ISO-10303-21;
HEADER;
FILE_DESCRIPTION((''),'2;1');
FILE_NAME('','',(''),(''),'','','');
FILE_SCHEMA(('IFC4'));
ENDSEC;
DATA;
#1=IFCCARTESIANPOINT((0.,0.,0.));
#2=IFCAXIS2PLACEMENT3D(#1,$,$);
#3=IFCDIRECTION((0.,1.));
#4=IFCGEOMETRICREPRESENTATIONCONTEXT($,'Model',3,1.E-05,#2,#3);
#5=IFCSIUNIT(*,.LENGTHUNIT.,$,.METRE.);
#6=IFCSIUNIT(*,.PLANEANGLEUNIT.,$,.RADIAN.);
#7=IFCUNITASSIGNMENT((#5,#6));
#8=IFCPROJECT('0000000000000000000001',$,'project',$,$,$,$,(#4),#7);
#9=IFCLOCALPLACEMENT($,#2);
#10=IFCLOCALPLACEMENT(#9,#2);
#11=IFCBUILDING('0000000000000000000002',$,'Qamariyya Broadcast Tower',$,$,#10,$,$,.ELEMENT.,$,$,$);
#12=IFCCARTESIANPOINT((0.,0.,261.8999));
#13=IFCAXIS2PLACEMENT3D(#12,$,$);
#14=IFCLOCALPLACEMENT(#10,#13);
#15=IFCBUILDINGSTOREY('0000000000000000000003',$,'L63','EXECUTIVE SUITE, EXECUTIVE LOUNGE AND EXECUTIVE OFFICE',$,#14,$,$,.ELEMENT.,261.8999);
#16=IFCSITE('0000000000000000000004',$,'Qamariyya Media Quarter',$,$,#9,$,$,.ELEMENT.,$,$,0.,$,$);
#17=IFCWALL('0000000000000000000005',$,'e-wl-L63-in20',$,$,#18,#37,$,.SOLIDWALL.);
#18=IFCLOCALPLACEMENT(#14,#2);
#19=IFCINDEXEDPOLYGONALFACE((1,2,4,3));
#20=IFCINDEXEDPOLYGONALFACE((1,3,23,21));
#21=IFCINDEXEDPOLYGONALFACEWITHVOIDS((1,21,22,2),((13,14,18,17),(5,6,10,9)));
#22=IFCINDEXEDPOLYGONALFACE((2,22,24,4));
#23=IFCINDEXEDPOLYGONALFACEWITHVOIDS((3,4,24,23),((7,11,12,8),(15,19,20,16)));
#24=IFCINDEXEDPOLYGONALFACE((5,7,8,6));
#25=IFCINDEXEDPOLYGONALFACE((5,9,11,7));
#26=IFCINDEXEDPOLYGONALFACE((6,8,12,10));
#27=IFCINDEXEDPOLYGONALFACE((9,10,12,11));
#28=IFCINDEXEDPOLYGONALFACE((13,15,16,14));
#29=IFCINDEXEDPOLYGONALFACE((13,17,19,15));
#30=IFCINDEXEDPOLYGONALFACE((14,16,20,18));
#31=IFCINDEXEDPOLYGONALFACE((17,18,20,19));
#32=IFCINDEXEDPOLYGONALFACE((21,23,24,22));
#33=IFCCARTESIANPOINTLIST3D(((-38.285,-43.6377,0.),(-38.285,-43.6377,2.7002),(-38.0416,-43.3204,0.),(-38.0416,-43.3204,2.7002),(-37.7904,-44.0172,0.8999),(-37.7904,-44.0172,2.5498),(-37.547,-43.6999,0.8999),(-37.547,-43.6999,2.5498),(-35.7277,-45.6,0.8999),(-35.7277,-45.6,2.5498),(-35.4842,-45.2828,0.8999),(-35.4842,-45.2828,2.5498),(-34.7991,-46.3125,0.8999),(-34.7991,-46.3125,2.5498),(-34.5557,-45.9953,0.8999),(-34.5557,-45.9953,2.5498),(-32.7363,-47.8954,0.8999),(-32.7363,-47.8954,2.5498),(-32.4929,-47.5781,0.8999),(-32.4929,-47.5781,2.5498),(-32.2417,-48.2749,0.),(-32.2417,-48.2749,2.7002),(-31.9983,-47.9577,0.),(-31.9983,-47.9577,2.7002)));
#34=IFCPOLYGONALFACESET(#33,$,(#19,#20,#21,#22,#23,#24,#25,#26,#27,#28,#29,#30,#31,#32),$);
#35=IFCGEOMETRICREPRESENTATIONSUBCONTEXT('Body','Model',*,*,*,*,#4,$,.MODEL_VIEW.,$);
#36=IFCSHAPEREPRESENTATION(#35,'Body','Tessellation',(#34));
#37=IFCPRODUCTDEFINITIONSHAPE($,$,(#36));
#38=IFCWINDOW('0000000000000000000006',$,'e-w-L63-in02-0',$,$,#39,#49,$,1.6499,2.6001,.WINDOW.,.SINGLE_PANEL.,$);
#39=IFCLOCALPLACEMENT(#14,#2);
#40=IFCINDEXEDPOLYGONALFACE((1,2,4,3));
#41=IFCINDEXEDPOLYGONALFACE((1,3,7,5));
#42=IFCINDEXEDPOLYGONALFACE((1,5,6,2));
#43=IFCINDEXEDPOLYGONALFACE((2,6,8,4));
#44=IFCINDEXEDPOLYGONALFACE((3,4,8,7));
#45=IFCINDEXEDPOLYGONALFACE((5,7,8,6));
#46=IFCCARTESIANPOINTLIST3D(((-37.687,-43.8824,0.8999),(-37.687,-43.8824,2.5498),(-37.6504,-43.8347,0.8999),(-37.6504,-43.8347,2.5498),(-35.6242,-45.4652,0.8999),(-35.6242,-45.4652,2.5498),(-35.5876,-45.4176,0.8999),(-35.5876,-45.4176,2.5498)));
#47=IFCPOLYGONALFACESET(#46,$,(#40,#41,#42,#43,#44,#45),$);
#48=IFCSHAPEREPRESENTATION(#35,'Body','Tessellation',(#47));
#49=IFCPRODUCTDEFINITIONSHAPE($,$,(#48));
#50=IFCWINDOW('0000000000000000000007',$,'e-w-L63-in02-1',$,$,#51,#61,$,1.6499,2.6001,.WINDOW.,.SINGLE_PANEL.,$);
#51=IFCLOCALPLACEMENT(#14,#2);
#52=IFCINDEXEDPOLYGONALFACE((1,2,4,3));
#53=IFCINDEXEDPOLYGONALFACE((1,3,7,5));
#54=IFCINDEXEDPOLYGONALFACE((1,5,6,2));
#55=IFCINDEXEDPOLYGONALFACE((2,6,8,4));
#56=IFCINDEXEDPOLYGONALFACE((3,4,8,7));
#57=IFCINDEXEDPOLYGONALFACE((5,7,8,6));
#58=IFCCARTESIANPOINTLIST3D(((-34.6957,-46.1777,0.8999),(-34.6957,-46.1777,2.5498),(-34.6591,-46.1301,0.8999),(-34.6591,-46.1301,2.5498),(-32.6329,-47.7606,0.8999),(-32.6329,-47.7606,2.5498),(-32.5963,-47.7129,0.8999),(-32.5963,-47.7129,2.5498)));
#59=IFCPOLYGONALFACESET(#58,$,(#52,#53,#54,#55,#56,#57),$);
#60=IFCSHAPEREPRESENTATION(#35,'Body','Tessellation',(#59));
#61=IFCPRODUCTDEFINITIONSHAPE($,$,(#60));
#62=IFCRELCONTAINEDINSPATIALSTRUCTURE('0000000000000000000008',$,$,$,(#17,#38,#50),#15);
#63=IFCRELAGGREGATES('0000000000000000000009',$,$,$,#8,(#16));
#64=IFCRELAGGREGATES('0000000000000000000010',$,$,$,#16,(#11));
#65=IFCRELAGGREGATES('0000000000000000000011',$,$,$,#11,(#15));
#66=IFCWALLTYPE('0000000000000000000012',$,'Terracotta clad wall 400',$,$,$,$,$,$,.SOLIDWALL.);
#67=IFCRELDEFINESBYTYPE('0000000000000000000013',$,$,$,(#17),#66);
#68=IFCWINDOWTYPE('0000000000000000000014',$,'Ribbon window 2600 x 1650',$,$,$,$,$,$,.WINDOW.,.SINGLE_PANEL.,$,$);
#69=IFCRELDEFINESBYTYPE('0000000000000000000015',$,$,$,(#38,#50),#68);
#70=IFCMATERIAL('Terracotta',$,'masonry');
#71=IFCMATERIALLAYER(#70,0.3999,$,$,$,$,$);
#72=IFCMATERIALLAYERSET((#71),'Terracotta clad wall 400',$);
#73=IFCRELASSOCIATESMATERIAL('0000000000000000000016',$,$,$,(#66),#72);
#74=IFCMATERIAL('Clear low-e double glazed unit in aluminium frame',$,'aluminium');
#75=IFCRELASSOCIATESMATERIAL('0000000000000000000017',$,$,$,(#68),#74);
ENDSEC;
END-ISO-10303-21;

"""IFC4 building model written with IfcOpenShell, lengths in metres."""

from ifc_helpers import new_model, si_unit, direction, frame, frame_2d, origin, place, context, subcontext, project, spatial, rectangle, extrude, material, layer, layer_set, type_object, element, fill, save


model = new_model("IFC4")

# Units and contexts
model_context = context("Model", 3, precision=1e-05, world=origin(), true_north=direction((0.0, 1.0)))
body_context = subcontext(model_context, "Body", "Model", "MODEL_VIEW")
ifc_project = project(units=[si_unit("LENGTHUNIT", "METRE"), si_unit("PLANEANGLEUNIT", "RADIAN")], contexts=[model_context])

# Site, building, storey
site_placement = place(None, origin())
site = spatial("IfcSite", under=ifc_project, at=site_placement, Name="Qamariyya Media Quarter", CompositionType="ELEMENT", RefElevation=0.0)
building_placement = place(site_placement, origin())
building = spatial("IfcBuilding", under=site, at=building_placement, Name="Qamariyya Broadcast Tower", CompositionType="ELEMENT")
storey_placement = place(building_placement, frame((0.0, 0.0, 261.8999)))
storey = spatial("IfcBuildingStorey", under=building, at=storey_placement, Name="L63", Description="EXECUTIVE SUITE, EXECUTIVE LOUNGE AND EXECUTIVE OFFICE", CompositionType="ELEMENT", Elevation=261.8999)

# Wall, openings, windows
ifc_material_1 = material(Name="Terracotta", Category="masonry")
ifc_layer_1 = layer(ifc_material_1, 0.3999)
ifc_layer_set_1 = layer_set([ifc_layer_1], Name="Terracotta clad wall 400")
wall_type = type_object("IfcWallType", Name="Terracotta clad wall 400", PredefinedType="SOLIDWALL", material=ifc_layer_set_1)
wall_placement = place(storey_placement, frame((-32.1201, -48.1162, 0.0), z_axis=(0.0, 0.0, 1.0), x_axis=(-0.793348, 0.608769, 0.0)))
wall = element("IfcWall", 1, at=wall_placement, inside=storey, type_object=wall_type, Name="e-wl-L63-in20", PredefinedType="SOLIDWALL", context=body_context, shape_type="SweptSolid", body=[
    extrude(rectangle(XDim=7.6174, YDim=0.3999, at=frame_2d((3.8086, 0.0))), origin(), (0.0, 0.0, 1.0), 2.7002),
])
opening_1_placement = place(wall_placement, frame((4.3938, 0.0, 0.8999)))
opening_1 = element("IfcOpeningElement", 2, at=opening_1_placement, cuts=wall, PredefinedType="OPENING", context=body_context, shape_type="SweptSolid", body=[
    extrude(rectangle(XDim=2.6001, YDim=1.6499, at=frame_2d((1.3, 0.825))), frame((0.0, 0.21, 0.0), z_axis=(0.0, -1.0, 0.0), x_axis=(1.0, 0.0, 0.0)), (0.0, 0.0, 1.0), 0.4199),
])
opening_2_placement = place(wall_placement, frame((0.6233, 0.0, 0.8999)))
opening_2 = element("IfcOpeningElement", 3, at=opening_2_placement, cuts=wall, PredefinedType="OPENING", context=body_context, shape_type="SweptSolid", body=[
    extrude(rectangle(XDim=2.6001, YDim=1.6499, at=frame_2d((1.3, 0.825))), frame((0.0, 0.21, 0.0), z_axis=(0.0, -1.0, 0.0), x_axis=(1.0, 0.0, 0.0)), (0.0, 0.0, 1.0), 0.4199),
])
ifc_material_2 = material(Name="Clear low-e double glazed unit in aluminium frame", Category="aluminium")
window_type = type_object("IfcWindowType", Name="Ribbon window 2600 x 1650", PartitioningType="SINGLE_PANEL", PredefinedType="WINDOW", material=ifc_material_2)
window_1_placement = place(opening_1_placement, origin())
window_1 = element("IfcWindow", 4, at=window_1_placement, inside=storey, type_object=window_type, Name="e-w-L63-in02-0", OverallHeight=1.6499, OverallWidth=2.6001, PartitioningType="SINGLE_PANEL", PredefinedType="WINDOW", context=body_context, shape_type="SweptSolid", body=[
    extrude(rectangle(XDim=2.6001, YDim=1.6499, at=frame_2d((1.3, 0.825))), frame((0.0, 0.03, 0.0), z_axis=(0.0, -1.0, 0.0), x_axis=(1.0, 0.0, 0.0)), (0.0, 0.0, 1.0), 0.0601),
])
fill(opening_1, window_1)
window_2_placement = place(opening_2_placement, origin())
window_2 = element("IfcWindow", 5, at=window_2_placement, inside=storey, type_object=window_type, Name="e-w-L63-in02-1", OverallHeight=1.6499, OverallWidth=2.6001, PartitioningType="SINGLE_PANEL", PredefinedType="WINDOW", context=body_context, shape_type="SweptSolid", body=[
    extrude(rectangle(XDim=2.6001, YDim=1.6499, at=frame_2d((1.3, 0.825))), frame((0.0, 0.03, 0.0), z_axis=(0.0, -1.0, 0.0), x_axis=(1.0, 0.0, 0.0)), (0.0, 0.0, 1.0), 0.0601),
])
fill(opening_2, window_2)

save(model, "model.ifc")
